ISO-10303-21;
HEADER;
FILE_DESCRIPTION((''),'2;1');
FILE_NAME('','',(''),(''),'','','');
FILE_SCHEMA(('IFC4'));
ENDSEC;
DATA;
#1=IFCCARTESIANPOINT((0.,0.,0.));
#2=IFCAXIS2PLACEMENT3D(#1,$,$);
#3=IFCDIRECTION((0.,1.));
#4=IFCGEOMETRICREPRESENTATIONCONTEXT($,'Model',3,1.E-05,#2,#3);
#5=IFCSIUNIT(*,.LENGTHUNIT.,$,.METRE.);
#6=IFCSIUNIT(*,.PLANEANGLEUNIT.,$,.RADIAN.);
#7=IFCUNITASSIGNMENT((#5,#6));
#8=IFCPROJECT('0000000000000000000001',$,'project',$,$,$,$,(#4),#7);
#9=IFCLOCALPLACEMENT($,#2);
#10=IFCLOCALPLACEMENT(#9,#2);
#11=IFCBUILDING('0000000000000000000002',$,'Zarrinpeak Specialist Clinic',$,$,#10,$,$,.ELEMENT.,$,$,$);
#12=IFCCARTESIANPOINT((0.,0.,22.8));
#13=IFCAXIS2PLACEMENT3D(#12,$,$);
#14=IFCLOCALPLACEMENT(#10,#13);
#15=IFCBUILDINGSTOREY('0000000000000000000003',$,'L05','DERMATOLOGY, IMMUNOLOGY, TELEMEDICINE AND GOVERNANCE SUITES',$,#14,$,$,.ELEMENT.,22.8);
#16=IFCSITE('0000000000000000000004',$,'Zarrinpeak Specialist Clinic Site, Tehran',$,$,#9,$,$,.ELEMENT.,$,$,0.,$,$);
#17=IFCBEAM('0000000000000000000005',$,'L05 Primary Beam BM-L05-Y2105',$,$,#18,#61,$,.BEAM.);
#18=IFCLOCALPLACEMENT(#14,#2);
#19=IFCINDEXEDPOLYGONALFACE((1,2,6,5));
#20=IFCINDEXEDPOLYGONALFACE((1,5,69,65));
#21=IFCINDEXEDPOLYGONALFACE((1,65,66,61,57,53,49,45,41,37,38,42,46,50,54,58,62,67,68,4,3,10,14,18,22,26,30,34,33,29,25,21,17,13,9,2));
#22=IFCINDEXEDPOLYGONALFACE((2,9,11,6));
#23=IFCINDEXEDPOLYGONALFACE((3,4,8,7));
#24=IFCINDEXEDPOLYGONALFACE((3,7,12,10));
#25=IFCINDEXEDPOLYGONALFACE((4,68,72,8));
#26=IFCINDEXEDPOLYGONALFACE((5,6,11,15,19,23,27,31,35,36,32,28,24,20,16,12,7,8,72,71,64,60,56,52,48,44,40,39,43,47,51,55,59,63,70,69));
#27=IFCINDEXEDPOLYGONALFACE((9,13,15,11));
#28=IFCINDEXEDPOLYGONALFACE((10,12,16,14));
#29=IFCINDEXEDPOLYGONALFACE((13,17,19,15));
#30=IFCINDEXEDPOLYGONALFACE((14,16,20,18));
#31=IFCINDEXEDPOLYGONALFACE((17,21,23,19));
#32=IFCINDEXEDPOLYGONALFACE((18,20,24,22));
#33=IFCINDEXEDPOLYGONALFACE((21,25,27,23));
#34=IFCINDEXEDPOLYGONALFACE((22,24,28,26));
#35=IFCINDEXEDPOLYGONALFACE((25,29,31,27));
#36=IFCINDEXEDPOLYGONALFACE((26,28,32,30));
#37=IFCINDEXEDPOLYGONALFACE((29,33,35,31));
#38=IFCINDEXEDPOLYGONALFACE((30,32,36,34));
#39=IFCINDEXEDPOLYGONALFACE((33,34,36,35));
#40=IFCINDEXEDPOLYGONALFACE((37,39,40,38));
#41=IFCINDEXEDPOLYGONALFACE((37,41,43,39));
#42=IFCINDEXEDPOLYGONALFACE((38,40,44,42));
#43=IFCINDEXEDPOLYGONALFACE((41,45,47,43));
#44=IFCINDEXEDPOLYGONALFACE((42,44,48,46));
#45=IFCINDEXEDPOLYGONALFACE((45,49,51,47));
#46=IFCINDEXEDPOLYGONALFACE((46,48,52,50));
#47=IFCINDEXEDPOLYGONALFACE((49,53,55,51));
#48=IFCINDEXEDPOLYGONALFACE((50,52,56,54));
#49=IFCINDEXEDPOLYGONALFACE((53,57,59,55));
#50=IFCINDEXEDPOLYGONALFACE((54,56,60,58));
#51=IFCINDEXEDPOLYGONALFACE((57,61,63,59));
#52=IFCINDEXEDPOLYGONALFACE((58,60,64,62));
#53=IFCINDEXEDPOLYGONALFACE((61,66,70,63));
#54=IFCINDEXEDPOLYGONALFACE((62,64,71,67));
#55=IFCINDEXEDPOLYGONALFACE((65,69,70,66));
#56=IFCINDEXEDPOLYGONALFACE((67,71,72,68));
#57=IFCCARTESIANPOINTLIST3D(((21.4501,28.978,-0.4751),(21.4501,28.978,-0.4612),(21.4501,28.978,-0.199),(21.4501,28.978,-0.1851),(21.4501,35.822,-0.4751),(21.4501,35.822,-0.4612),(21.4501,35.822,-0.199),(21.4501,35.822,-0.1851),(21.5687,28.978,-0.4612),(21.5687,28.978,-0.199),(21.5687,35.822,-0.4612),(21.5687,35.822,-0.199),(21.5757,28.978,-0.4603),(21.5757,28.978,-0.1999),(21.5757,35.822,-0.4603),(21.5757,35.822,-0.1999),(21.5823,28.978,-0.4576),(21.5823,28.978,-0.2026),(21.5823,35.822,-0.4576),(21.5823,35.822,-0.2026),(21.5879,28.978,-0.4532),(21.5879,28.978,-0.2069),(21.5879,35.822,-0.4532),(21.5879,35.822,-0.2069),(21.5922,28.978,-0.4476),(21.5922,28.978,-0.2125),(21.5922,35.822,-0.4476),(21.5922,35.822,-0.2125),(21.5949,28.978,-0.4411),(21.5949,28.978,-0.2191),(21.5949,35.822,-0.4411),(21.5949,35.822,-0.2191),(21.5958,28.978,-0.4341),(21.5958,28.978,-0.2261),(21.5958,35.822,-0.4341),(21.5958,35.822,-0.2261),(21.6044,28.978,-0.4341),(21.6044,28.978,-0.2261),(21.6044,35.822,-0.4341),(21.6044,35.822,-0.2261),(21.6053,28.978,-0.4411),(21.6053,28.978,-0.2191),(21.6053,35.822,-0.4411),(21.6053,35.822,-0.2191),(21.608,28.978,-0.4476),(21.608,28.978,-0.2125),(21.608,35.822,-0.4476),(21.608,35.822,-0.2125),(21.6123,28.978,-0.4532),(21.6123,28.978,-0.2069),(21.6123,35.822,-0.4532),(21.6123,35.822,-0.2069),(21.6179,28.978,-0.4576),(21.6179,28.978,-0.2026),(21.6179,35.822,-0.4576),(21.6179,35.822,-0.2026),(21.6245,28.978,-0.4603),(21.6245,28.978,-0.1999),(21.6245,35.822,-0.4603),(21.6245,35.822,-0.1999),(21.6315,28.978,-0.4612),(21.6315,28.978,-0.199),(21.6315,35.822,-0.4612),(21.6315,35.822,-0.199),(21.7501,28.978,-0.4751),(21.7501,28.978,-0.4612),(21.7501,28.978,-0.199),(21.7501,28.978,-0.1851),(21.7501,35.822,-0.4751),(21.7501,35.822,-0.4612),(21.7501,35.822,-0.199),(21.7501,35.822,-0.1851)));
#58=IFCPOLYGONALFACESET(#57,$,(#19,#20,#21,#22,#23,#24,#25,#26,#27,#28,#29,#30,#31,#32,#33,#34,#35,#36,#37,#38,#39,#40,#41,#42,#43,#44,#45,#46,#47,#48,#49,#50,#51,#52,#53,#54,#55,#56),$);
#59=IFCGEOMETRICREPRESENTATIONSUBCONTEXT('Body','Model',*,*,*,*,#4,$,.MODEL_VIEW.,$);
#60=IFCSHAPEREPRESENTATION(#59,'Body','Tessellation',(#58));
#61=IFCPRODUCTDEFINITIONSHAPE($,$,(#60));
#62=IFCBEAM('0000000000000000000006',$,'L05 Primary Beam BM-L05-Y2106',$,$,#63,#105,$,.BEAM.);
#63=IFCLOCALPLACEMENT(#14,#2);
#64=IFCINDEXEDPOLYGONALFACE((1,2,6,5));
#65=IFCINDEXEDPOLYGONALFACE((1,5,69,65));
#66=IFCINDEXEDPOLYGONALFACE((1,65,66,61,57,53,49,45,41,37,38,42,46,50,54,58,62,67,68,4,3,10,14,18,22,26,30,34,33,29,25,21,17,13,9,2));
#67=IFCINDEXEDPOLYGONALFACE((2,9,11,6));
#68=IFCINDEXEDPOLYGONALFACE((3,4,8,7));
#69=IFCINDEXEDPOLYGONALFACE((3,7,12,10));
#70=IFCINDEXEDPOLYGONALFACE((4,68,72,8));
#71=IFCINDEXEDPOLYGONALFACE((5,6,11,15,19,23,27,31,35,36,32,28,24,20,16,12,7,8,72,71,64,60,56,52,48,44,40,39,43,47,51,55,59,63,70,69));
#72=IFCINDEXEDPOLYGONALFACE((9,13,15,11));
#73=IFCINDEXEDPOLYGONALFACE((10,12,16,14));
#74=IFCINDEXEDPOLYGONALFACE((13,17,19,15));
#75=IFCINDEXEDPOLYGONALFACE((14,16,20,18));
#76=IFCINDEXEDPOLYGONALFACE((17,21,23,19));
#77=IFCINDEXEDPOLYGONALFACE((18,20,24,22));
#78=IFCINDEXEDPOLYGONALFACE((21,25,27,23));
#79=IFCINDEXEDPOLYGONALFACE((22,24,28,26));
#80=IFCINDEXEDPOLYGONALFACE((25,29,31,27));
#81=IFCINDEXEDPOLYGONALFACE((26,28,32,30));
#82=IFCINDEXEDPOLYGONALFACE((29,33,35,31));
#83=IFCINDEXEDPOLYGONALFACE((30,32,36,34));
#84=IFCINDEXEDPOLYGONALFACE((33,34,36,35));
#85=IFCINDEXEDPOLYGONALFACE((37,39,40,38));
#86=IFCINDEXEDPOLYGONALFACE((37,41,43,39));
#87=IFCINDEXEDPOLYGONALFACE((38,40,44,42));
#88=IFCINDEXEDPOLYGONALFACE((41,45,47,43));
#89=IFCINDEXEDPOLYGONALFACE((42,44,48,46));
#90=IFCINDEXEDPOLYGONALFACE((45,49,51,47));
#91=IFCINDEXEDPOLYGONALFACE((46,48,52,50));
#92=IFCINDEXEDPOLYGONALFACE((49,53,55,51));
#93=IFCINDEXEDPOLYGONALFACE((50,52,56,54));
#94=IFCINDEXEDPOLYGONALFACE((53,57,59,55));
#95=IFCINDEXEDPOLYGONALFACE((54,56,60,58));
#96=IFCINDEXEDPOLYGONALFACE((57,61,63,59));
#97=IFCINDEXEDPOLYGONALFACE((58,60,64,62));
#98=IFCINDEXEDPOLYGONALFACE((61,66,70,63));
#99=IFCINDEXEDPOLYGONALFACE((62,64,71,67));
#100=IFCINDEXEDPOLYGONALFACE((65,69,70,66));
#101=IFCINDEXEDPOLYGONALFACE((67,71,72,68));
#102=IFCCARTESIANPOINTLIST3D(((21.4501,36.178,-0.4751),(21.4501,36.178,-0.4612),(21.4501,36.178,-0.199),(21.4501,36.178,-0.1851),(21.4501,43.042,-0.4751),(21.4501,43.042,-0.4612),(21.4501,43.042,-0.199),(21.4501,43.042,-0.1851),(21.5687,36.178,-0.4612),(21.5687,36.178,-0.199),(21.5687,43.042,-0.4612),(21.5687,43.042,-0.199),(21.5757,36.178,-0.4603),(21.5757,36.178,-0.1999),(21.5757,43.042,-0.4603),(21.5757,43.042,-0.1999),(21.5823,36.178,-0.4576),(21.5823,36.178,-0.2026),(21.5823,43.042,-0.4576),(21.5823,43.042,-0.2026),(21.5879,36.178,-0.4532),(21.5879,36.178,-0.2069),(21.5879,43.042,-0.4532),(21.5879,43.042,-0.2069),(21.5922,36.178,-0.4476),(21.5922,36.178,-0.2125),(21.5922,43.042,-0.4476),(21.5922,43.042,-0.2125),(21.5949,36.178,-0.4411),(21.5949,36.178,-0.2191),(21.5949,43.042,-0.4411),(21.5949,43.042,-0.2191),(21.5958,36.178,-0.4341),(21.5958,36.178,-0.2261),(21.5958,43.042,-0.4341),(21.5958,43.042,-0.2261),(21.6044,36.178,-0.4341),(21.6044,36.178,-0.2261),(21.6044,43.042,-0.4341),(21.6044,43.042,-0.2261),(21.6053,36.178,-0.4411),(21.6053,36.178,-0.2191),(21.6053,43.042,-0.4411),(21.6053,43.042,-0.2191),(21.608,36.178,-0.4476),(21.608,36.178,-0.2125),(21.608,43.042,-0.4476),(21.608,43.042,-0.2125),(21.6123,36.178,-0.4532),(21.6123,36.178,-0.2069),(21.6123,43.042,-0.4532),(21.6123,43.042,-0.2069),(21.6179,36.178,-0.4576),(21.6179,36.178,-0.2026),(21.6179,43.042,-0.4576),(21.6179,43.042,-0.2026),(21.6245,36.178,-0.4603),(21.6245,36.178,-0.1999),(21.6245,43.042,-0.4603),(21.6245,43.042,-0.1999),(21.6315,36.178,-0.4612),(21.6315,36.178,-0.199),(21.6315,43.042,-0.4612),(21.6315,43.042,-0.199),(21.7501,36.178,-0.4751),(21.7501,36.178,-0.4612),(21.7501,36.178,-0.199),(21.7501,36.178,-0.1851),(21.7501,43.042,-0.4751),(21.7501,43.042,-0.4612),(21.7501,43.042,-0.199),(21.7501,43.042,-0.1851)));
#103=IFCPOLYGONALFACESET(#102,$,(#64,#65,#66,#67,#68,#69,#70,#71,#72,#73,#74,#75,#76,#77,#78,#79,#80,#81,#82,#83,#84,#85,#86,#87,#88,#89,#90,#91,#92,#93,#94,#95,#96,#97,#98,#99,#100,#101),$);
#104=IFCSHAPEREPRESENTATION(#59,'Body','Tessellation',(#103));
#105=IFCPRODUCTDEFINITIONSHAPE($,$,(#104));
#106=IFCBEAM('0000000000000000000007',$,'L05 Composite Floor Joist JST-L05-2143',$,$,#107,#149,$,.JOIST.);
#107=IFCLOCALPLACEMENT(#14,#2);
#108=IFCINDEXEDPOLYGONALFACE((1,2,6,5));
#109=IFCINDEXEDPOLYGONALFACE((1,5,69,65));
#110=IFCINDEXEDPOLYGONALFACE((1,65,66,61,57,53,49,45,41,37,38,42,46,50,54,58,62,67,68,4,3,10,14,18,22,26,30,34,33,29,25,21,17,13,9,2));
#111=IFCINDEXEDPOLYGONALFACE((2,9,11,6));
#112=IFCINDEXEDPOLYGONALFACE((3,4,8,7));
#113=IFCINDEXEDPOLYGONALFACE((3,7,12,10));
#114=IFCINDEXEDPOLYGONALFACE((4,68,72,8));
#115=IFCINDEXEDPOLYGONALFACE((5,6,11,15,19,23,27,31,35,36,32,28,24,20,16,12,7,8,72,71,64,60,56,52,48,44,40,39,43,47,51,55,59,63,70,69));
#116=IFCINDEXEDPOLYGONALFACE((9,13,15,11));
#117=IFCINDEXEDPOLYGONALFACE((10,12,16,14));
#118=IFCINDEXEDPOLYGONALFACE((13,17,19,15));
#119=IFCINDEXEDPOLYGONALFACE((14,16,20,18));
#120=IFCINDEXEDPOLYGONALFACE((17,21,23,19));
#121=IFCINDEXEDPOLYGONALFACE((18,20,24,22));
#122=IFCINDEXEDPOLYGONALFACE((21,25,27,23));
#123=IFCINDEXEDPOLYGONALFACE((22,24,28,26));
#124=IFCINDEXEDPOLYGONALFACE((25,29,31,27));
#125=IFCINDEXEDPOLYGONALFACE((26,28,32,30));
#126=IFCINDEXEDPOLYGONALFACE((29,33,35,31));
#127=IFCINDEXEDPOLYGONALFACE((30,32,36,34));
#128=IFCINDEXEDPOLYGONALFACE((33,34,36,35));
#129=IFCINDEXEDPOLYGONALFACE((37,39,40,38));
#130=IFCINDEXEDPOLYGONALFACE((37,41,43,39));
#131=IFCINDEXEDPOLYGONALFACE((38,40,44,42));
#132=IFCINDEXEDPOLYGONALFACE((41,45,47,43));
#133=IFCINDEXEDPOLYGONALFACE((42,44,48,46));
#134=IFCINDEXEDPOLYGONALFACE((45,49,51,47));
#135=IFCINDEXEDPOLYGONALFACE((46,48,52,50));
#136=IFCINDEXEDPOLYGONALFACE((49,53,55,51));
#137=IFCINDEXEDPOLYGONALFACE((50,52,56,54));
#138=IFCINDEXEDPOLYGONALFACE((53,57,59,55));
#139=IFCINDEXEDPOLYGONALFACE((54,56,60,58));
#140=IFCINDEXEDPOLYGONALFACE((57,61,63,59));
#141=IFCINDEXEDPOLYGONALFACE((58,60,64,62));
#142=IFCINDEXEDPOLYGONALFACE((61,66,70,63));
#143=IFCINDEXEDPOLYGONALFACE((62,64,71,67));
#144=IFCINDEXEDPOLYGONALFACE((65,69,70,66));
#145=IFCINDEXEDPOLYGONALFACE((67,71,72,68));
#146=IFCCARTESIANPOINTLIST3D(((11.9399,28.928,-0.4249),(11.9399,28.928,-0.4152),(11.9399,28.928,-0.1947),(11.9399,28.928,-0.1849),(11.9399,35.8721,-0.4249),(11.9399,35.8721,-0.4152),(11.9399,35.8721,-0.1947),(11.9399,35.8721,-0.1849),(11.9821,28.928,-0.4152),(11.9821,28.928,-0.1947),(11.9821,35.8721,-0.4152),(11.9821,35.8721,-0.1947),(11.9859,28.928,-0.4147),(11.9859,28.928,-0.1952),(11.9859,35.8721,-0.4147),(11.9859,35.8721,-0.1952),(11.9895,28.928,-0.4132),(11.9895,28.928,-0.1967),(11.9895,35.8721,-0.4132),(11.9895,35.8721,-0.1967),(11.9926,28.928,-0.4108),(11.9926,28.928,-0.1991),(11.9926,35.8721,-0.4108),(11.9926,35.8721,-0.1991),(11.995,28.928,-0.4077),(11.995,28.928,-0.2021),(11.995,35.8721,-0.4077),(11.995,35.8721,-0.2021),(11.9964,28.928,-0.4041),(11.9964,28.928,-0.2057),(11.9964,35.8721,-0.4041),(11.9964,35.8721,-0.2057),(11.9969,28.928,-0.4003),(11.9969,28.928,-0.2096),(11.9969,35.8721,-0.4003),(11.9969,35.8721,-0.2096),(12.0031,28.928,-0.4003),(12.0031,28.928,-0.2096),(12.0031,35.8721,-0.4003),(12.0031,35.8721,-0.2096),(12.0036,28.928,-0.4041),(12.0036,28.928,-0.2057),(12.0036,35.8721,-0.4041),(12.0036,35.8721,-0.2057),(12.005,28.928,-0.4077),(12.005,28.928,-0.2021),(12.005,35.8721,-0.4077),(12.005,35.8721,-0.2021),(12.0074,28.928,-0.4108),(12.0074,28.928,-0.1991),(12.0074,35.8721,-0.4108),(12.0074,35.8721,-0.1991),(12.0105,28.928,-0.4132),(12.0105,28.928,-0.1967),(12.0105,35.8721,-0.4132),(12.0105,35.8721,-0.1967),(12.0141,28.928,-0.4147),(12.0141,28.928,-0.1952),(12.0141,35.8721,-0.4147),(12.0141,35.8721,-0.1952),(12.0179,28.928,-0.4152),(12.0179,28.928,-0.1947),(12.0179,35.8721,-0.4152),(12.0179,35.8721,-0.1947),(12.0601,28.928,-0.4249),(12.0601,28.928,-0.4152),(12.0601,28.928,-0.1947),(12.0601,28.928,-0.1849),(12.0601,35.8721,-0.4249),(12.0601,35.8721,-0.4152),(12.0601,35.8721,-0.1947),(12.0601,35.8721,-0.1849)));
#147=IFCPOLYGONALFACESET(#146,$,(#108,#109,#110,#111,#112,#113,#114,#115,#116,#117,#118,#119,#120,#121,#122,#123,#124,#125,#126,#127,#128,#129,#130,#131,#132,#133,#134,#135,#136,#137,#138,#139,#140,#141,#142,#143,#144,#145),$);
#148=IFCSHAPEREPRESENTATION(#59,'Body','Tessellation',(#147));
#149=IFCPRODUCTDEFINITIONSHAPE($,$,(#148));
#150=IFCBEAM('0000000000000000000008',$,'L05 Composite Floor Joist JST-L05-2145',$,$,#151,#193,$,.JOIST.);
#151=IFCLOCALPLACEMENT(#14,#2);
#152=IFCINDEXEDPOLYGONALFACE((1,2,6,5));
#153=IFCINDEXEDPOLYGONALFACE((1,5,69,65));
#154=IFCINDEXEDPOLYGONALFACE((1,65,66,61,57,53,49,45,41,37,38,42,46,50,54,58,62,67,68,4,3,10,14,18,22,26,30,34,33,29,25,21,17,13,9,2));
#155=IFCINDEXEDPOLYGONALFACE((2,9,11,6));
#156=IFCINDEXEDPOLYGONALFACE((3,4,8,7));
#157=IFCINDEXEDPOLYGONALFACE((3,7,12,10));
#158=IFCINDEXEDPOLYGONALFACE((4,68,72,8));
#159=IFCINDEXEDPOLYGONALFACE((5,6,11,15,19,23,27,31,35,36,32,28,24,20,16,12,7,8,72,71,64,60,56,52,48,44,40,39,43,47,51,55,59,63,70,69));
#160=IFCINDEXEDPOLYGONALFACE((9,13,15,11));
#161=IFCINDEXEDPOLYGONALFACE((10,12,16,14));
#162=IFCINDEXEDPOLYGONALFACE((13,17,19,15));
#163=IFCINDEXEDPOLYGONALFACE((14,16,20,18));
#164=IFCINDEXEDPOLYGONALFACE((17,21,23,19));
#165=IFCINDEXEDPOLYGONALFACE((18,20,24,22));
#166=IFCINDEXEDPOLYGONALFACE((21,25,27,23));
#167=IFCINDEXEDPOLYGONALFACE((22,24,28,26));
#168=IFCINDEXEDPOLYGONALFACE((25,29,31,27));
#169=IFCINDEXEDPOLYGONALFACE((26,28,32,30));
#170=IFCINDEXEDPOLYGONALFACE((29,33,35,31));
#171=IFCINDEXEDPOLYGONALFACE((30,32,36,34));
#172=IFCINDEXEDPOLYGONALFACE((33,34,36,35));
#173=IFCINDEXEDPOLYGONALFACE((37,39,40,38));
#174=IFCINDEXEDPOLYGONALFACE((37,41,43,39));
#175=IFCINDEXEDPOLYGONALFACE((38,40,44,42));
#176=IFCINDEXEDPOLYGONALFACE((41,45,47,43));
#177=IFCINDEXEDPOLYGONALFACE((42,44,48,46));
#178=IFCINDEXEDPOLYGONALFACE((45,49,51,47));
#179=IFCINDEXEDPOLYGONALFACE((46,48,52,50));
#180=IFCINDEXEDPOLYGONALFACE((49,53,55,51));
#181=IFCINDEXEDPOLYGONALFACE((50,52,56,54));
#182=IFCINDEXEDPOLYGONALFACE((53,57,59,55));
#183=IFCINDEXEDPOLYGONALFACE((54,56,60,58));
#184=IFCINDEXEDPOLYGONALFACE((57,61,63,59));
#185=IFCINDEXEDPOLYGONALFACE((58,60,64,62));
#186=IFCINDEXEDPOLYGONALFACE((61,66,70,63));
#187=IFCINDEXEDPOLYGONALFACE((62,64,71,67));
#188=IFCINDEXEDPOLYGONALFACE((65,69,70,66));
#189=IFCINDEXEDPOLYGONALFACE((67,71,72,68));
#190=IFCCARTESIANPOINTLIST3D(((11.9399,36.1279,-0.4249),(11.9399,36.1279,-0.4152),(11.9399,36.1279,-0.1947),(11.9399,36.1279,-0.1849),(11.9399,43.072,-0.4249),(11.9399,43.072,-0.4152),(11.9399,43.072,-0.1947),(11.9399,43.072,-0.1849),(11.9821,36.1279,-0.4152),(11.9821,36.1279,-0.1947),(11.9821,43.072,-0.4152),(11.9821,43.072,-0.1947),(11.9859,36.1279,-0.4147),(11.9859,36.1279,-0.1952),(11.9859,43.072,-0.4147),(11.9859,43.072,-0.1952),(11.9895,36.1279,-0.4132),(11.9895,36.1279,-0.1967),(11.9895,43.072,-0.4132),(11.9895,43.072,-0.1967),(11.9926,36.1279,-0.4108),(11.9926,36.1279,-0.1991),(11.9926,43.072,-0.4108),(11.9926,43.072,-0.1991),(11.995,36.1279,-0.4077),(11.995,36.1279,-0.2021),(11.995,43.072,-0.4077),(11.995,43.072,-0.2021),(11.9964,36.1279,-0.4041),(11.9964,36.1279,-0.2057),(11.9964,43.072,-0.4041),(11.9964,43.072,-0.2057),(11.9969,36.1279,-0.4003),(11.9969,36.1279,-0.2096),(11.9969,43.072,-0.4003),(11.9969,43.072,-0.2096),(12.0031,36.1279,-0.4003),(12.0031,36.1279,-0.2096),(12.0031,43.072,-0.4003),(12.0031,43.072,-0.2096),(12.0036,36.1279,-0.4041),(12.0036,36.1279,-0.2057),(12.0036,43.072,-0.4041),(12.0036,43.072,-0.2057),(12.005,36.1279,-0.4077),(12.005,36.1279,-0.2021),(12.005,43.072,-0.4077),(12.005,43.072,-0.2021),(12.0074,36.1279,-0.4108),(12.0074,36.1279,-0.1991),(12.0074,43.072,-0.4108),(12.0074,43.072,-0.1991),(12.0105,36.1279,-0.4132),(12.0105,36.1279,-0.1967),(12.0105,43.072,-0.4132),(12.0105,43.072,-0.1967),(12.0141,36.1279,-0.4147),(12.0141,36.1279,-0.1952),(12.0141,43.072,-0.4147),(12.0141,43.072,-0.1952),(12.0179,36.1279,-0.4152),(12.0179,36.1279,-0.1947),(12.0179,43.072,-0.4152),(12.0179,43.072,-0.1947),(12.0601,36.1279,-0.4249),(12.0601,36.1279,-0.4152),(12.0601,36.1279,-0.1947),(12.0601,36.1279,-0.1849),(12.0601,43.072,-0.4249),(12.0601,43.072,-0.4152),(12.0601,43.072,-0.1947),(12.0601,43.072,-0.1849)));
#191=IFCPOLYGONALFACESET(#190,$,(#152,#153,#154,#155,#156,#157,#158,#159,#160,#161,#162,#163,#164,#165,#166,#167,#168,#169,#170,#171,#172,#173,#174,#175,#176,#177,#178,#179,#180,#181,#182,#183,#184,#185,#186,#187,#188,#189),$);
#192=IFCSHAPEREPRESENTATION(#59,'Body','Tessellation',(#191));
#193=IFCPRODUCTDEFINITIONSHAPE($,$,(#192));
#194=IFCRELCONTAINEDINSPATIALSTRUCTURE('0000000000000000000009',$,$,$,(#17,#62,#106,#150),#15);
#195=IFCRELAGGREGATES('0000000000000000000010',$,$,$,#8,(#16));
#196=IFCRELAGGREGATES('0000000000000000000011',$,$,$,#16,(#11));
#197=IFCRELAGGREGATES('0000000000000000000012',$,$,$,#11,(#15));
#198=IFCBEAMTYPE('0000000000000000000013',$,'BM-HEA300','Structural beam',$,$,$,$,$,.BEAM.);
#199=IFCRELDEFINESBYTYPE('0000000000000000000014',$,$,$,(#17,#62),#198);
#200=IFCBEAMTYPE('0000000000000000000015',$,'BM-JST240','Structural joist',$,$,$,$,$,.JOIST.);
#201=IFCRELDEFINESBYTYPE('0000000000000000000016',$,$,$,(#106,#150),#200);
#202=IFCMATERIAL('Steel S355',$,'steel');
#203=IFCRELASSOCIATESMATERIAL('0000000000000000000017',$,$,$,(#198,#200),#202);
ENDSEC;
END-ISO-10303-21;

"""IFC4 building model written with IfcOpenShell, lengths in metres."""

from ifc_helpers import new_model, si_unit, direction, frame, origin, origin_2d, place, context, subcontext, project, spatial, i_section, extrude, material, material_profile, profile_set, type_object, element, save


model = new_model("IFC4")

# Units and contexts
model_context = context("Model", 3, precision=1e-05, world=origin(), true_north=direction((0.0, 1.0)))
body_context = subcontext(model_context, "Body", "Model", "MODEL_VIEW")
ifc_project = project(units=[si_unit("LENGTHUNIT", "METRE"), si_unit("PLANEANGLEUNIT", "RADIAN")], contexts=[model_context])

# Site, building, storey
site_placement = place(None, origin())
site = spatial("IfcSite", under=ifc_project, at=site_placement, Name="Zarrinpeak Specialist Clinic Site, Tehran", CompositionType="ELEMENT", RefElevation=0.0)
building_placement = place(site_placement, origin())
building = spatial("IfcBuilding", under=site, at=building_placement, Name="Zarrinpeak Specialist Clinic", CompositionType="ELEMENT")
storey_placement = place(building_placement, frame((0.0, 0.0, 22.8)))
storey = spatial("IfcBuildingStorey", under=building, at=storey_placement, Name="L05", Description="DERMATOLOGY, IMMUNOLOGY, TELEMEDICINE AND GOVERNANCE SUITES", CompositionType="ELEMENT", Elevation=22.8)

# Shared definitions
ifc_material_1 = material(Name="Steel S355", Category="steel")

# Beams
ifc_material_profile_1 = material_profile(ifc_material_1, i_section(OverallWidth=0.3, OverallDepth=0.29, WebThickness=0.0085, FlangeThickness=0.0139, FilletRadius=0.0271, at=origin_2d()), Name="HEA 300")
ifc_profile_set_1 = profile_set([ifc_material_profile_1], Name="Steel S355")
beam_type_1 = type_object("IfcBeamType", Name="BM-HEA300", Description="Structural beam", PredefinedType="BEAM", material=ifc_profile_set_1)
beam_1_placement = place(storey_placement, frame((21.6001, 28.978, -0.3301), z_axis=(0.0, 1.0, 0.0), x_axis=(-1.0, 0.0, 0.0)))
element("IfcBeam", 1, at=beam_1_placement, inside=storey, type_object=beam_type_1, Name="L05 Primary Beam BM-L05-Y2105", PredefinedType="BEAM", context=body_context, shape_type="SweptSolid", body=[
    extrude(i_section(OverallWidth=0.3, OverallDepth=0.29, WebThickness=0.0085, FlangeThickness=0.0139, FilletRadius=0.0271, at=origin_2d()), origin(), (0.0, 0.0, 1.0), 6.844),
])
beam_2_placement = place(storey_placement, frame((21.6001, 36.178, -0.3301), z_axis=(0.0, 1.0, 0.0), x_axis=(-1.0, 0.0, 0.0)))
element("IfcBeam", 2, at=beam_2_placement, inside=storey, type_object=beam_type_1, Name="L05 Primary Beam BM-L05-Y2106", PredefinedType="BEAM", context=body_context, shape_type="SweptSolid", body=[
    extrude(i_section(OverallWidth=0.3, OverallDepth=0.29, WebThickness=0.0085, FlangeThickness=0.0139, FilletRadius=0.0271, at=origin_2d()), origin(), (0.0, 0.0, 1.0), 6.864),
])
ifc_material_profile_2 = material_profile(ifc_material_1, i_section(OverallWidth=0.1201, OverallDepth=0.24, WebThickness=0.0061, FlangeThickness=0.0098, FilletRadius=0.0149, at=origin_2d()), Name="IPE 240")
ifc_profile_set_2 = profile_set([ifc_material_profile_2], Name="Steel S355")
beam_type_2 = type_object("IfcBeamType", Name="BM-JST240", Description="Structural joist", PredefinedType="JOIST", material=ifc_profile_set_2)
for number, where, z_axis, x_axis, name in (
    (3, (12.0, 28.928, -0.3049), (0.0, 1.0, 0.0), (-1.0, 0.0, 0.0), "L05 Composite Floor Joist JST-L05-2143"),
    (4, (12.0, 36.1279, -0.3049), (0.0, 1.0, 0.0), (-1.0, 0.0, 0.0), "L05 Composite Floor Joist JST-L05-2145"),
):
    element("IfcBeam", number, at=place(storey_placement, frame(where, z_axis=z_axis, x_axis=x_axis)), inside=storey, type_object=beam_type_2, Name=name, PredefinedType="JOIST", context=body_context, shape_type="SweptSolid", body=[
        extrude(i_section(OverallWidth=0.1201, OverallDepth=0.24, WebThickness=0.0061, FlangeThickness=0.0098, FilletRadius=0.0149, at=origin_2d()), origin(), (0.0, 0.0, 1.0), 6.9441),
    ])

save(model, "model.ifc")
